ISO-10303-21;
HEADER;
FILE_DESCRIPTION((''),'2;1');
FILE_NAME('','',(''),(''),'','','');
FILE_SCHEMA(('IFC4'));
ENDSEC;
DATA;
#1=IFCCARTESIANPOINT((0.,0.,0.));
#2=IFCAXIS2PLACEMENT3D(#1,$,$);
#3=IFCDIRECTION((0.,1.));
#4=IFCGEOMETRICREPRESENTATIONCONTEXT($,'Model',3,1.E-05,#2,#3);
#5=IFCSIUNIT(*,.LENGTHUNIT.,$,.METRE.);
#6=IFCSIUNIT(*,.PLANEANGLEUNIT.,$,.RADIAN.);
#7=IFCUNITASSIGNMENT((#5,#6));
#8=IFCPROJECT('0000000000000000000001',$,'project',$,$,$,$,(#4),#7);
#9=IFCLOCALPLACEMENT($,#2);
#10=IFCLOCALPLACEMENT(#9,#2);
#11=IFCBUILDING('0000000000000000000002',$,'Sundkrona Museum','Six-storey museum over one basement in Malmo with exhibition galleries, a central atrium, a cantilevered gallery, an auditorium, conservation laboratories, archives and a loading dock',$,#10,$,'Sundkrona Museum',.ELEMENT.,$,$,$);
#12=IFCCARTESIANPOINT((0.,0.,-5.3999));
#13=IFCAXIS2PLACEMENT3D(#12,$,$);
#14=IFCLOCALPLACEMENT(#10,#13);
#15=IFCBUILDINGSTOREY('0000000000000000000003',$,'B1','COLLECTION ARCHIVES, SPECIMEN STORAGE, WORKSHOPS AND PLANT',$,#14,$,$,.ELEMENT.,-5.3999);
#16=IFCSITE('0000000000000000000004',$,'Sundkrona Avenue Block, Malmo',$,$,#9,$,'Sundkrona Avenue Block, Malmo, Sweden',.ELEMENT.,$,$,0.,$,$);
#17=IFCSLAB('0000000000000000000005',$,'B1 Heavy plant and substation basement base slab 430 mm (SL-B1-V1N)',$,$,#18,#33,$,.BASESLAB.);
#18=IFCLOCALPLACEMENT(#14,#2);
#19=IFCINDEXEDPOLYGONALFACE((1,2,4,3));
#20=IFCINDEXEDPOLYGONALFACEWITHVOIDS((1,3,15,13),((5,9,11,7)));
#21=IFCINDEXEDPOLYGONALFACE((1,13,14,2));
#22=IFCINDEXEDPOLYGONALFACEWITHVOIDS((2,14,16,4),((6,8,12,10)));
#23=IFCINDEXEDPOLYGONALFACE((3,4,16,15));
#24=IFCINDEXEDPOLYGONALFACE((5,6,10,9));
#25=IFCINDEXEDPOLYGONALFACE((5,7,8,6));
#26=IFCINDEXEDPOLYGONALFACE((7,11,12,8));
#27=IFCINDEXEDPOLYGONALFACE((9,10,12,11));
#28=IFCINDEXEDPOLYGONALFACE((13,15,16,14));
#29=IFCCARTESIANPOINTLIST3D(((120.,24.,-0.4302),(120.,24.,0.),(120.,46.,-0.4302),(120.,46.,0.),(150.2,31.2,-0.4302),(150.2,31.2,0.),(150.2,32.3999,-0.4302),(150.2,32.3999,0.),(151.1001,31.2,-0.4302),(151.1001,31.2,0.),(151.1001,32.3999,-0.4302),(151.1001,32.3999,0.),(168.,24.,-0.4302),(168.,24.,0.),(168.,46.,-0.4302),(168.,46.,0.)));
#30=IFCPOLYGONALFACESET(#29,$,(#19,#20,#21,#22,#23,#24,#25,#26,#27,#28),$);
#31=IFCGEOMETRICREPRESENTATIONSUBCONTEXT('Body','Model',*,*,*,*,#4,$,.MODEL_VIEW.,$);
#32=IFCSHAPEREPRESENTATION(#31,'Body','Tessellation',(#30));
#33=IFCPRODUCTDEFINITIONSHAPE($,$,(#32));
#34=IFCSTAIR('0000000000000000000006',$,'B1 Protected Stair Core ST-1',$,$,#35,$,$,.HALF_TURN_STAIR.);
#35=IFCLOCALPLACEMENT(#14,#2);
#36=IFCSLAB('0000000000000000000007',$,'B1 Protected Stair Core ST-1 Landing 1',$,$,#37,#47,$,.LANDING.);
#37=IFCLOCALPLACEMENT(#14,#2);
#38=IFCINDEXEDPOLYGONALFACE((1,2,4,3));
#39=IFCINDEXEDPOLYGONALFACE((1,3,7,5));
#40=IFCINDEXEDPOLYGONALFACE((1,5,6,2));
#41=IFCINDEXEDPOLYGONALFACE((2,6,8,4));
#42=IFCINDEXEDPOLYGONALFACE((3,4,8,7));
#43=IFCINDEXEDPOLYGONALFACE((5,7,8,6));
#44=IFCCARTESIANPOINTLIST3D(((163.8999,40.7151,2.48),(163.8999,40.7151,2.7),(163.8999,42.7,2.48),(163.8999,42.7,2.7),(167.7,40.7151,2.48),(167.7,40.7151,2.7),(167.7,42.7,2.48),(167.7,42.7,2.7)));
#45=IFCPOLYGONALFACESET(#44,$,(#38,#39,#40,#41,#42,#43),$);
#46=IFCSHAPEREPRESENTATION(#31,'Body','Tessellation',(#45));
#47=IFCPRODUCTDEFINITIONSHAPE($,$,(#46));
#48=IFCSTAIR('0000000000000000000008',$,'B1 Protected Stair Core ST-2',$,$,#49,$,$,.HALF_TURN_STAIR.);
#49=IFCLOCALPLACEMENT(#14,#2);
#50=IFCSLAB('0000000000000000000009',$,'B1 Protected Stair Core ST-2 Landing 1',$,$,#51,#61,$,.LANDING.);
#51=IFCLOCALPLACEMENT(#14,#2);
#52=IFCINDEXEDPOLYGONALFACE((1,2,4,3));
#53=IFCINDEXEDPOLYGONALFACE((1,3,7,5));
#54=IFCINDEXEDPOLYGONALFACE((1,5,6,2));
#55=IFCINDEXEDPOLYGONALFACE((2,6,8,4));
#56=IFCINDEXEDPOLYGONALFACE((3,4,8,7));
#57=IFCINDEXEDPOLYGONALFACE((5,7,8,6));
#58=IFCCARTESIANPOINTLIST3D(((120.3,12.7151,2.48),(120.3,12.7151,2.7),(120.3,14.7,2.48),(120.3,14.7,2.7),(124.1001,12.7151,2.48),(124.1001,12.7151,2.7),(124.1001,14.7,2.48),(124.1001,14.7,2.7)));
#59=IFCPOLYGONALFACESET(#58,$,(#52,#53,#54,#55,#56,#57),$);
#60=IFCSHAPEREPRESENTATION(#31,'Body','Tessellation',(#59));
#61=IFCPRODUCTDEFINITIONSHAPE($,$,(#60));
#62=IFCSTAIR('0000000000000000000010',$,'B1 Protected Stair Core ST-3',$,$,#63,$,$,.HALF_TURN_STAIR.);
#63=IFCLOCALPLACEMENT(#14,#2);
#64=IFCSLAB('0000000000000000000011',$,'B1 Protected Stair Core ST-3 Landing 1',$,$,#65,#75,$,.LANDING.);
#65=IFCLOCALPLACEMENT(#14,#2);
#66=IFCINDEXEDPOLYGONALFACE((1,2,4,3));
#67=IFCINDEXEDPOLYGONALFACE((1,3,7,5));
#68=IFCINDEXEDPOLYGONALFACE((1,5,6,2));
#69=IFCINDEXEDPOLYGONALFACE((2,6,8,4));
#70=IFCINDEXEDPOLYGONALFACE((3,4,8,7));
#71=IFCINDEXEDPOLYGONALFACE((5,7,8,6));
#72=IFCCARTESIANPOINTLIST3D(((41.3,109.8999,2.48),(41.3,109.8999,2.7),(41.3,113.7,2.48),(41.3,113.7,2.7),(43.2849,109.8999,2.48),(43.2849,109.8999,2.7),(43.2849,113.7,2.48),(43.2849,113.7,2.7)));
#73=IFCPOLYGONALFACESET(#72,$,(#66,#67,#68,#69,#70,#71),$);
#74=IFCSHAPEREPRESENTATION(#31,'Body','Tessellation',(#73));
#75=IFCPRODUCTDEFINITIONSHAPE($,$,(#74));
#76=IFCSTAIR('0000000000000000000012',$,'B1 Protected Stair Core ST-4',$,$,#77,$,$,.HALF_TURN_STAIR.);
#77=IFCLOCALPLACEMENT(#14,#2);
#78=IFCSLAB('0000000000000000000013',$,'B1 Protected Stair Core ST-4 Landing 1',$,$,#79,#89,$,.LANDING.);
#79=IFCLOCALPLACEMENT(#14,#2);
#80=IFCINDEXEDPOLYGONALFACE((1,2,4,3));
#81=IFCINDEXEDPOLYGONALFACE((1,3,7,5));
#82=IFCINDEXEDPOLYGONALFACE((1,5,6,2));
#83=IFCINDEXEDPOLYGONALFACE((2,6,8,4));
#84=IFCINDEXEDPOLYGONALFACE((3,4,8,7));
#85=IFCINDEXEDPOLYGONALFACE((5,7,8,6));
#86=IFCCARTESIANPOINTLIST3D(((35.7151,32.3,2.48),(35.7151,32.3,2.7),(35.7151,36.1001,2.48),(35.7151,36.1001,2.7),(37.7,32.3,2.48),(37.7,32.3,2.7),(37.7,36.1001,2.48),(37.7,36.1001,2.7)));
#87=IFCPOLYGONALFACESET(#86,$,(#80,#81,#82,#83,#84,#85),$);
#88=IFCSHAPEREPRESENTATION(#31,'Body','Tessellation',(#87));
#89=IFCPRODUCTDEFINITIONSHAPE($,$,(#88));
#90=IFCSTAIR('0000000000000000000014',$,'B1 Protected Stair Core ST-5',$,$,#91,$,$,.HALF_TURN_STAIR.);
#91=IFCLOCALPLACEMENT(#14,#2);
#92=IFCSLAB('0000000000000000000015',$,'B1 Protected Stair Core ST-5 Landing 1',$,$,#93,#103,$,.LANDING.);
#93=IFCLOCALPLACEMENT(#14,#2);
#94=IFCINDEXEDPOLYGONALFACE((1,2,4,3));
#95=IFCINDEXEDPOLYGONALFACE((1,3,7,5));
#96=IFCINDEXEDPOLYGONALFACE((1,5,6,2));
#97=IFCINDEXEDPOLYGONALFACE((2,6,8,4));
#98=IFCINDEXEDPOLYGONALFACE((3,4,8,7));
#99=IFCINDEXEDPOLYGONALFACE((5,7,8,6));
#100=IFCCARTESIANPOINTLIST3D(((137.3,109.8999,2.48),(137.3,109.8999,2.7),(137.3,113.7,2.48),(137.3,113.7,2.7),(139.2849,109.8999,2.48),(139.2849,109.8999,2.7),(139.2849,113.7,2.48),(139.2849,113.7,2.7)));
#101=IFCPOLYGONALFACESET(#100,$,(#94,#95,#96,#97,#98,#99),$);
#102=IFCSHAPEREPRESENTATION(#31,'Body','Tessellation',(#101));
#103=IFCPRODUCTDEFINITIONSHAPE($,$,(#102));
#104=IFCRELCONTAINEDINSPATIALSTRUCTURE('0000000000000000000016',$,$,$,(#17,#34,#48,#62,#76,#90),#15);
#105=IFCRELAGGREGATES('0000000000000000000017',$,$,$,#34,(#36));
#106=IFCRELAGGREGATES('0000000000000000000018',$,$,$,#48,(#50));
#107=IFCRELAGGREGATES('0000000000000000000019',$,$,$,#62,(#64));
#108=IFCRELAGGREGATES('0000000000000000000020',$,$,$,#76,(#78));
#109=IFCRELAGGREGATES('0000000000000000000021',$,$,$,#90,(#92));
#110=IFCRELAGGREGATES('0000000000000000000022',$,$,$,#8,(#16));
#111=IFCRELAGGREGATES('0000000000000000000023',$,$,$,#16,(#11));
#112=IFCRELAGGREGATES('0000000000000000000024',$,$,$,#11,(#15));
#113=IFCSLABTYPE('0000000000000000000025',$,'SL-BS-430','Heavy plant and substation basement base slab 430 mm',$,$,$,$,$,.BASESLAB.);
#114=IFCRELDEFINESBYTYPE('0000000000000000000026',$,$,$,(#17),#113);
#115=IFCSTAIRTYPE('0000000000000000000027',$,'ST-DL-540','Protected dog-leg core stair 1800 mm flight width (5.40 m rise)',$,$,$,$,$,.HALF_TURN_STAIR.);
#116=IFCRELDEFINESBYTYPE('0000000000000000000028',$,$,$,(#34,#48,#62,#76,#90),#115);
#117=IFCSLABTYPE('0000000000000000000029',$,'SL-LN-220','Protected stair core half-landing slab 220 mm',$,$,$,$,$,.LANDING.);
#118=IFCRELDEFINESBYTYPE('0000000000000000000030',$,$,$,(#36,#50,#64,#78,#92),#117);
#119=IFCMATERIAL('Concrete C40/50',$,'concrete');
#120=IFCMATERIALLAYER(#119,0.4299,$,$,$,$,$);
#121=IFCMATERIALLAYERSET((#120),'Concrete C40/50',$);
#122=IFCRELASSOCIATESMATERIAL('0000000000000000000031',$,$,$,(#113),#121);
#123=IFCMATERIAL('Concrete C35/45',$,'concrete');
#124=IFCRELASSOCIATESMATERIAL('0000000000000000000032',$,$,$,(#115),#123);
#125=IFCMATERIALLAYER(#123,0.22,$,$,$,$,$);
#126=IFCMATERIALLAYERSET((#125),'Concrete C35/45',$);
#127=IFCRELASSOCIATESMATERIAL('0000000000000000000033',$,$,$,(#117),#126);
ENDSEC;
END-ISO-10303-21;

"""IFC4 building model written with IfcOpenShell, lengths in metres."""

from ifc_helpers import new_model, si_unit, direction, frame, origin, place, context, subcontext, project, spatial, polyline, outline, extrude, material, layer, layer_set, type_object, element, aggregate, save


model = new_model("IFC4")

# Units and contexts
model_context = context("Model", 3, precision=1e-05, world=origin(), true_north=direction((0.0, 1.0)))
body_context = subcontext(model_context, "Body", "Model", "MODEL_VIEW")
ifc_project = project(units=[si_unit("LENGTHUNIT", "METRE"), si_unit("PLANEANGLEUNIT", "RADIAN")], contexts=[model_context])

# Site, building, storey
site_placement = place(None, origin())
site = spatial("IfcSite", under=ifc_project, at=site_placement, Name="Sundkrona Avenue Block, Malmo", LongName="Sundkrona Avenue Block, Malmo, Sweden", CompositionType="ELEMENT", RefElevation=0.0)
building_placement = place(site_placement, origin())
building = spatial("IfcBuilding", under=site, at=building_placement, Name="Sundkrona Museum", Description="Six-storey museum over one basement in Malmo with exhibition galleries, a central atrium, a cantilevered gallery, an auditorium, conservation laboratories, archives and a loading dock", LongName="Sundkrona Museum", CompositionType="ELEMENT")
storey_placement = place(building_placement, frame((0.0, 0.0, -5.3999)))
storey = spatial("IfcBuildingStorey", under=building, at=storey_placement, Name="B1", Description="COLLECTION ARCHIVES, SPECIMEN STORAGE, WORKSHOPS AND PLANT", CompositionType="ELEMENT", Elevation=-5.3999)

# Shared definitions
ifc_material_1 = material(Name="Concrete C40/50", Category="concrete")

# Slab
ifc_material_2 = material(Name="Concrete C35/45", Category="concrete")
ifc_layer_1 = layer(ifc_material_1, 0.4299)
ifc_layer_set_1 = layer_set([ifc_layer_1], Name="Concrete C40/50")
slab_type_1 = type_object("IfcSlabType", Name="SL-BS-430", Description="Heavy plant and substation basement base slab 430 mm", PredefinedType="BASESLAB", material=ifc_layer_set_1)
slab_1_placement = place(storey_placement, frame((0.0, 0.0, -0.4302)))
element("IfcSlab", 1, at=slab_1_placement, inside=storey, type_object=slab_type_1, Name="B1 Heavy plant and substation basement base slab 430 mm (SL-B1-V1N)", PredefinedType="BASESLAB", context=body_context, shape_type="SweptSolid", body=[
    extrude(outline(polyline([(120.0, 24.0), (168.0, 24.0), (168.0, 46.0), (120.0, 46.0), (120.0, 24.0)]), holes=[polyline([(151.1001, 31.2), (150.2, 31.2), (150.2, 32.3999), (151.1001, 32.3999), (151.1001, 31.2)])]), origin(), (0.0, 0.0, 1.0), 0.4302),
])

# Stairs, slabs
stair_type = type_object("IfcStairType", Name="ST-DL-540", Description="Protected dog-leg core stair 1800 mm flight width (5.40 m rise)", PredefinedType="HALF_TURN_STAIR", material=ifc_material_2)
stair_1_placement = place(storey_placement, origin())
stair_1 = element("IfcStair", 2, at=stair_1_placement, inside=storey, type_object=stair_type, Name="B1 Protected Stair Core ST-1", PredefinedType="HALF_TURN_STAIR")
ifc_layer_2 = layer(ifc_material_2, 0.22)
ifc_layer_set_2 = layer_set([ifc_layer_2], Name="Concrete C35/45")
slab_type_2 = type_object("IfcSlabType", Name="SL-LN-220", Description="Protected stair core half-landing slab 220 mm", PredefinedType="LANDING", material=ifc_layer_set_2)
slab_2_placement = place(storey_placement, frame((0.0, 0.0, 2.48)))
slab_2 = element("IfcSlab", 3, at=slab_2_placement, type_object=slab_type_2, Name="B1 Protected Stair Core ST-1 Landing 1", PredefinedType="LANDING", context=body_context, shape_type="SweptSolid", body=[
    extrude(outline(polyline([(167.7, 40.7151), (167.7, 42.7), (163.8999, 42.7), (163.8999, 40.7151), (167.7, 40.7151)])), origin(), (0.0, 0.0, 1.0), 0.22),
])
aggregate(stair_1, [slab_2])
stair_2_placement = place(storey_placement, origin())
stair_2 = element("IfcStair", 4, at=stair_2_placement, inside=storey, type_object=stair_type, Name="B1 Protected Stair Core ST-2", PredefinedType="HALF_TURN_STAIR")
slab_3_placement = place(storey_placement, frame((0.0, 0.0, 2.48)))
slab_3 = element("IfcSlab", 5, at=slab_3_placement, type_object=slab_type_2, Name="B1 Protected Stair Core ST-2 Landing 1", PredefinedType="LANDING", context=body_context, shape_type="SweptSolid", body=[
    extrude(outline(polyline([(124.1001, 12.7151), (124.1001, 14.7), (120.3, 14.7), (120.3, 12.7151), (124.1001, 12.7151)])), origin(), (0.0, 0.0, 1.0), 0.22),
])
aggregate(stair_2, [slab_3])
stair_3_placement = place(storey_placement, origin())
stair_3 = element("IfcStair", 6, at=stair_3_placement, inside=storey, type_object=stair_type, Name="B1 Protected Stair Core ST-3", PredefinedType="HALF_TURN_STAIR")
slab_4_placement = place(storey_placement, frame((0.0, 0.0, 2.48)))
slab_4 = element("IfcSlab", 7, at=slab_4_placement, type_object=slab_type_2, Name="B1 Protected Stair Core ST-3 Landing 1", PredefinedType="LANDING", context=body_context, shape_type="SweptSolid", body=[
    extrude(outline(polyline([(43.2849, 113.7), (41.3, 113.7), (41.3, 109.8999), (43.2849, 109.8999), (43.2849, 113.7)])), origin(), (0.0, 0.0, 1.0), 0.22),
])
aggregate(stair_3, [slab_4])
stair_4_placement = place(storey_placement, origin())
stair_4 = element("IfcStair", 8, at=stair_4_placement, inside=storey, type_object=stair_type, Name="B1 Protected Stair Core ST-4", PredefinedType="HALF_TURN_STAIR")
slab_5_placement = place(storey_placement, frame((0.0, 0.0, 2.48)))
slab_5 = element("IfcSlab", 9, at=slab_5_placement, type_object=slab_type_2, Name="B1 Protected Stair Core ST-4 Landing 1", PredefinedType="LANDING", context=body_context, shape_type="SweptSolid", body=[
    extrude(outline(polyline([(35.7151, 32.3), (37.7, 32.3), (37.7, 36.1001), (35.7151, 36.1001), (35.7151, 32.3)])), origin(), (0.0, 0.0, 1.0), 0.22),
])
aggregate(stair_4, [slab_5])
stair_5_placement = place(storey_placement, origin())
stair_5 = element("IfcStair", 10, at=stair_5_placement, inside=storey, type_object=stair_type, Name="B1 Protected Stair Core ST-5", PredefinedType="HALF_TURN_STAIR")
slab_6_placement = place(storey_placement, frame((0.0, 0.0, 2.48)))
slab_6 = element("IfcSlab", 11, at=slab_6_placement, type_object=slab_type_2, Name="B1 Protected Stair Core ST-5 Landing 1", PredefinedType="LANDING", context=body_context, shape_type="SweptSolid", body=[
    extrude(outline(polyline([(139.2849, 113.7), (137.3, 113.7), (137.3, 109.8999), (139.2849, 109.8999), (139.2849, 113.7)])), origin(), (0.0, 0.0, 1.0), 0.22),
])
aggregate(stair_5, [slab_6])

save(model, "model.ifc")
